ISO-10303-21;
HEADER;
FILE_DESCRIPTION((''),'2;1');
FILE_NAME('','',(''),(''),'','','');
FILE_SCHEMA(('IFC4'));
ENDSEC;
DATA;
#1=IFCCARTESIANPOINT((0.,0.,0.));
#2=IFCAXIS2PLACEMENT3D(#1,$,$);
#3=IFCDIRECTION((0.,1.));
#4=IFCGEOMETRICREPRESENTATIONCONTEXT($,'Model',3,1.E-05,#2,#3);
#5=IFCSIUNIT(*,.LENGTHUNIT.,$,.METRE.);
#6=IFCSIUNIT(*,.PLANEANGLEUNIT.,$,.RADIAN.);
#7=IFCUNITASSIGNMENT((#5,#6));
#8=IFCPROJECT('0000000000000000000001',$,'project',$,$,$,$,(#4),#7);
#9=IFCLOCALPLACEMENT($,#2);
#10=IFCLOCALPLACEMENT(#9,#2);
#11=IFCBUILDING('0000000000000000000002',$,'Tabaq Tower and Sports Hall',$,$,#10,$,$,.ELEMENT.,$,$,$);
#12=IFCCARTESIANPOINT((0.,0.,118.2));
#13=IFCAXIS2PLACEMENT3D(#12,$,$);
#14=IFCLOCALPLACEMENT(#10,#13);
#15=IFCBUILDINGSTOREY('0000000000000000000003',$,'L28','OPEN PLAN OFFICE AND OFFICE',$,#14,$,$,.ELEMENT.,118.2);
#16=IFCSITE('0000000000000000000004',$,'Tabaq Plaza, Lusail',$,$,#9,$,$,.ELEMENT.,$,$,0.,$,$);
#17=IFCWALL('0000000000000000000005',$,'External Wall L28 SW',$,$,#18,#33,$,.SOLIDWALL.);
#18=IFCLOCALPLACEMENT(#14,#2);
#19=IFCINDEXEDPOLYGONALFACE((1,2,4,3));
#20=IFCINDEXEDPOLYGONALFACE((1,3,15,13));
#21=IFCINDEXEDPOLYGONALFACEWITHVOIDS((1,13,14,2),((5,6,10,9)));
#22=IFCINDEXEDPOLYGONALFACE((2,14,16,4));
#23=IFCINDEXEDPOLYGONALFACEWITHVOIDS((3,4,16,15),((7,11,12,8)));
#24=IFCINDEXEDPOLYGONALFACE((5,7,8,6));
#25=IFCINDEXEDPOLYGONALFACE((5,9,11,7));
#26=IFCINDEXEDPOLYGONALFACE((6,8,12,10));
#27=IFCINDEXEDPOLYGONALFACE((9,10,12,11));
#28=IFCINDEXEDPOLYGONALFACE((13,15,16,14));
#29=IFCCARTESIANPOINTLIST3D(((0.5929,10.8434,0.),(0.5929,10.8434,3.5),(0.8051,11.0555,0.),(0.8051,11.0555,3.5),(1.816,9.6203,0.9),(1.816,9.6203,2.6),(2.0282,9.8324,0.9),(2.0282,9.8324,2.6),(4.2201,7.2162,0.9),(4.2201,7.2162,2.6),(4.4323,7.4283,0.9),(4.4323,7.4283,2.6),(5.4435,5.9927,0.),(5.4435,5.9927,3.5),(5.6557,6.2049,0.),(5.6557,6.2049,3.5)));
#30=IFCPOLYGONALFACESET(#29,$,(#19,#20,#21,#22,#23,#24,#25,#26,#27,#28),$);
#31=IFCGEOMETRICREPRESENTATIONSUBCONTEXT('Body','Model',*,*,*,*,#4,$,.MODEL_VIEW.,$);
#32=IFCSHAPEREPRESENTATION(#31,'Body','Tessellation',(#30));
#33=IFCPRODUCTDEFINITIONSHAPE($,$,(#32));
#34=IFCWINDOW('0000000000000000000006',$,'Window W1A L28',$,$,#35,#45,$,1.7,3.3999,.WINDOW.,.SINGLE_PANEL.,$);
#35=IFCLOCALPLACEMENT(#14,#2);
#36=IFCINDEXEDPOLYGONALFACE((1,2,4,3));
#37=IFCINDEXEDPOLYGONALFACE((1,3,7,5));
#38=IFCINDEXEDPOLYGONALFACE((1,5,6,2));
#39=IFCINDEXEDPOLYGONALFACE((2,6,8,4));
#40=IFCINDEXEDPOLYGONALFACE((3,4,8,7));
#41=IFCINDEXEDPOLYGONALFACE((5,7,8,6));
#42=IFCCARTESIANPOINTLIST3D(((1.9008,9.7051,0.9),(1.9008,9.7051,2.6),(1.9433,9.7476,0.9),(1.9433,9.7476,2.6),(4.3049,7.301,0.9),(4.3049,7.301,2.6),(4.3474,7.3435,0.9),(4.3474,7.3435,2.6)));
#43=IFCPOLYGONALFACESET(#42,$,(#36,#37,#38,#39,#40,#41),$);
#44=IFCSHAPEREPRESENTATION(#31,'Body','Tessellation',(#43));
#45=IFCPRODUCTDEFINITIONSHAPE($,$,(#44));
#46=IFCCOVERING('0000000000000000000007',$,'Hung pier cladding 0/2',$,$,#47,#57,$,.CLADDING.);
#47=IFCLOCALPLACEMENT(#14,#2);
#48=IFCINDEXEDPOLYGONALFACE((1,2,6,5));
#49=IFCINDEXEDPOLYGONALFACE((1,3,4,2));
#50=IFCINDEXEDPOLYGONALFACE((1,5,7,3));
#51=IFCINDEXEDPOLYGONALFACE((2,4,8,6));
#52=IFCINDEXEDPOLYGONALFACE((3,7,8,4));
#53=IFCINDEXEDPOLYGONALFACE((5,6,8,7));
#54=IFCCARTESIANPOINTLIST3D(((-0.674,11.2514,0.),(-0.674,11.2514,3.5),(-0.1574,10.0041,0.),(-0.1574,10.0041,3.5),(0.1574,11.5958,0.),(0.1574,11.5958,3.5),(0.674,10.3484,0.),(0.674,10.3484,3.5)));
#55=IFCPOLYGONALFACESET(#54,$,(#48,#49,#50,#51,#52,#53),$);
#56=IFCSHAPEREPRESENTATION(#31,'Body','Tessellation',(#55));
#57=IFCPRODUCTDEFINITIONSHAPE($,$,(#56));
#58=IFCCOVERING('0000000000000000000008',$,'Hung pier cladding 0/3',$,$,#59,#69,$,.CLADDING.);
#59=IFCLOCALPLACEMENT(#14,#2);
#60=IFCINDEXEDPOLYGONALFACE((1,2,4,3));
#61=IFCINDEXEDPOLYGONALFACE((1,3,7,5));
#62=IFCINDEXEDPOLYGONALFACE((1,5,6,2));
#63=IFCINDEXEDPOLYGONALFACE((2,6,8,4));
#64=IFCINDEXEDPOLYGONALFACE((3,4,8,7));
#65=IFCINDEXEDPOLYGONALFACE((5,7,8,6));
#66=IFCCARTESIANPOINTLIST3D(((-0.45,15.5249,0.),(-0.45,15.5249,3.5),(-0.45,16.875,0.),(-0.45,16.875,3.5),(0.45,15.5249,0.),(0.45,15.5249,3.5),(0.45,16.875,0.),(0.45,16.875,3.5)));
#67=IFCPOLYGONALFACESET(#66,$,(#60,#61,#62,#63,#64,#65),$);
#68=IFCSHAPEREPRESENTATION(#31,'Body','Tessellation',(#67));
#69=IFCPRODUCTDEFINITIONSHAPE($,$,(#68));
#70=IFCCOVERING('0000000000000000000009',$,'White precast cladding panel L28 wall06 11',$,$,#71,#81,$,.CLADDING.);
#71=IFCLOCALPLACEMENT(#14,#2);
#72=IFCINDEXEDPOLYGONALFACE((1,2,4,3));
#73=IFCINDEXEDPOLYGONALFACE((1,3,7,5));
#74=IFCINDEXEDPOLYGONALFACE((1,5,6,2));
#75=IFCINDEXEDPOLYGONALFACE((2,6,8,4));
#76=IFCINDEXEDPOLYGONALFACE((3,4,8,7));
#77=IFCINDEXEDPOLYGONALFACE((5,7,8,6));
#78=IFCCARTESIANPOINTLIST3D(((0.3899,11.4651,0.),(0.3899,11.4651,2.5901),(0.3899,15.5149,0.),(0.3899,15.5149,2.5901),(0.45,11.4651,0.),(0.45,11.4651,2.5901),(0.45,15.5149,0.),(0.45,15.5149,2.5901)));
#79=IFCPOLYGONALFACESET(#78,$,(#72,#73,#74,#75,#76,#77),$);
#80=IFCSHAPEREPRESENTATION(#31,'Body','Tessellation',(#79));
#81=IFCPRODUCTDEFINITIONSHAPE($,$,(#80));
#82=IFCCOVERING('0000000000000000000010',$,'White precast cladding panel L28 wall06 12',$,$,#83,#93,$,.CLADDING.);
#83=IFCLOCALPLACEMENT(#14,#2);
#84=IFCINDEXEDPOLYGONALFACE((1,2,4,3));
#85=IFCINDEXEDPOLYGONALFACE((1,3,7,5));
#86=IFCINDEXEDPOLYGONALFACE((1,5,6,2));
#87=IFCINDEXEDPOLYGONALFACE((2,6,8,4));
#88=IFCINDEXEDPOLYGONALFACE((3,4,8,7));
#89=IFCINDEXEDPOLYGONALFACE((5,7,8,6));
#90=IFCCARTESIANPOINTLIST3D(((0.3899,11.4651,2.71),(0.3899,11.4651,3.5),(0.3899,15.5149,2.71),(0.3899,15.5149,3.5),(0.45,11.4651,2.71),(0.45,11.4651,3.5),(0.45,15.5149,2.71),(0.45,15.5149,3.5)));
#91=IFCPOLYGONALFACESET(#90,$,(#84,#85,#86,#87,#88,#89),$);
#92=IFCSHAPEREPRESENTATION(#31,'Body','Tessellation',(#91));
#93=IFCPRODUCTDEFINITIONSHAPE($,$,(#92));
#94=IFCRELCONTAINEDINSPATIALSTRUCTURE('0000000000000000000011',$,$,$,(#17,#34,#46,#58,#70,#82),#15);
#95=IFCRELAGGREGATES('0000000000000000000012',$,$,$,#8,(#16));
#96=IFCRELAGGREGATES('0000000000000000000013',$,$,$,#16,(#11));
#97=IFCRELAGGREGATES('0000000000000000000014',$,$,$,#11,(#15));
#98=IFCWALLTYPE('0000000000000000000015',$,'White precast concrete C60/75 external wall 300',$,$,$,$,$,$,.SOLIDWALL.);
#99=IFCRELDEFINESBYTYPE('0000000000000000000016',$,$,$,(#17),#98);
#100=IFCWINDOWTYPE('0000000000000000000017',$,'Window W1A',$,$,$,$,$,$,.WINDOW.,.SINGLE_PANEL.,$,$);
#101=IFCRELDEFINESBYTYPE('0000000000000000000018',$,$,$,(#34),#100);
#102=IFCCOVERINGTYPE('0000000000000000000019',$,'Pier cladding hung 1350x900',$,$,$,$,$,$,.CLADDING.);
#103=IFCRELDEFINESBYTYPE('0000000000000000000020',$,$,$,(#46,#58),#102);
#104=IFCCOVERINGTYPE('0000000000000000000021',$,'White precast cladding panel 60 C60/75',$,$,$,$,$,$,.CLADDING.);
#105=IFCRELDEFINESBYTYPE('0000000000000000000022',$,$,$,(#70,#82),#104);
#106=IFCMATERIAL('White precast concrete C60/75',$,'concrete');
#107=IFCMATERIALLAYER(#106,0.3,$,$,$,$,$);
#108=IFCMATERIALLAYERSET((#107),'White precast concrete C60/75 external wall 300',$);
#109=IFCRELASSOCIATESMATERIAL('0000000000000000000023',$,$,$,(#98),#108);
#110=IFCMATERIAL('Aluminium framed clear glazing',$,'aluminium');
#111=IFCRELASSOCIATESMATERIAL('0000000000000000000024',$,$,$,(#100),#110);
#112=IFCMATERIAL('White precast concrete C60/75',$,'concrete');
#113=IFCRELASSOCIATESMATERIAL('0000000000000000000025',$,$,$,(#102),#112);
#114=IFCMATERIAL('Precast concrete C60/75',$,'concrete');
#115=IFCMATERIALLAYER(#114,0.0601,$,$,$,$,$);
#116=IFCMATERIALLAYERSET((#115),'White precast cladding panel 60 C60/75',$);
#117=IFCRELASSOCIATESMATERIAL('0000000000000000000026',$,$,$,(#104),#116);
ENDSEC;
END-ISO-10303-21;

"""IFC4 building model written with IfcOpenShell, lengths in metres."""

from ifc_helpers import new_model, si_unit, direction, frame, frame_2d, origin, place, context, subcontext, project, spatial, rectangle, extrude, material, layer, layer_set, type_object, element, fill, save


model = new_model("IFC4")

# Units and contexts
model_context = context("Model", 3, precision=1e-05, world=origin(), true_north=direction((0.0, 1.0)))
body_context = subcontext(model_context, "Body", "Model", "MODEL_VIEW")
ifc_project = project(units=[si_unit("LENGTHUNIT", "METRE"), si_unit("PLANEANGLEUNIT", "RADIAN")], contexts=[model_context])

# Site, building, storey
site_placement = place(None, origin())
site = spatial("IfcSite", under=ifc_project, at=site_placement, Name="Tabaq Plaza, Lusail", CompositionType="ELEMENT", RefElevation=0.0)
building_placement = place(site_placement, origin())
building = spatial("IfcBuilding", under=site, at=building_placement, Name="Tabaq Tower and Sports Hall", CompositionType="ELEMENT")
storey_placement = place(building_placement, frame((0.0, 0.0, 118.2)))
storey = spatial("IfcBuildingStorey", under=building, at=storey_placement, Name="L28", Description="OPEN PLAN OFFICE AND OFFICE", CompositionType="ELEMENT", Elevation=118.2)

# Wall, opening, window
ifc_material_1 = material(Name="White precast concrete C60/75", Category="concrete")
ifc_layer_1 = layer(ifc_material_1, 0.3)
ifc_layer_set_1 = layer_set([ifc_layer_1], Name="White precast concrete C60/75 external wall 300")
wall_type_1 = type_object("IfcWallType", Name="White precast concrete C60/75 external wall 300", PredefinedType="SOLIDWALL", material=ifc_layer_set_1)
wall_1_placement = place(storey_placement, frame((0.699, 10.9495, 0.0), z_axis=(0.0, 0.0, 1.0), x_axis=(0.707107, -0.707107, 0.0)))
wall_1 = element("IfcWall", 1, at=wall_1_placement, inside=storey, type_object=wall_type_1, Name="External Wall L28 SW", PredefinedType="SOLIDWALL", context=body_context, shape_type="SweptSolid", body=[
    extrude(rectangle(XDim=6.8599, YDim=0.3, at=frame_2d((3.4299, 0.0))), origin(), (0.0, 0.0, 1.0), 3.5),
])
opening_1_placement = place(wall_1_placement, frame((1.7297, 0.0, 0.8999)))
opening_1 = element("IfcOpeningElement", 2, at=opening_1_placement, cuts=wall_1, PredefinedType="OPENING", context=body_context, shape_type="SweptSolid", body=[
    extrude(rectangle(XDim=3.3999, YDim=1.7, at=frame_2d((1.7, 0.8501))), frame((0.0, 0.1602, 0.0), z_axis=(0.0, -1.0, 0.0), x_axis=(1.0, 0.0, 0.0)), (0.0, 0.0, 1.0), 0.3201),
])
ifc_material_2 = material(Name="Aluminium framed clear glazing", Category="aluminium")
window_type = type_object("IfcWindowType", Name="Window W1A", PartitioningType="SINGLE_PANEL", PredefinedType="WINDOW", material=ifc_material_2)
window_placement = place(opening_1_placement, origin())
window = element("IfcWindow", 3, at=window_placement, inside=storey, type_object=window_type, Name="Window W1A L28", OverallHeight=1.7, OverallWidth=3.3999, PartitioningType="SINGLE_PANEL", PredefinedType="WINDOW", context=body_context, shape_type="SweptSolid", body=[
    extrude(rectangle(XDim=3.3999, YDim=1.7, at=frame_2d((1.7, 0.8501))), frame((0.0, 0.03, 0.0), z_axis=(0.0, -1.0, 0.0), x_axis=(1.0, 0.0, 0.0)), (0.0, 0.0, 1.0), 0.0601),
])
fill(opening_1, window)

# Coverings
ifc_material_3 = material(Name="White precast concrete C60/75", Category="concrete")
covering_type_1 = type_object("IfcCoveringType", Name="Pier cladding hung 1350x900", PredefinedType="CLADDING", material=ifc_material_3)
for number, where, z_axis, x_axis, name in (
    (4, (-0.2583, 11.4236, 0.0), (0.0, 0.0, 1.0), (0.38265, -0.923893, 0.0), "Hung pier cladding 0/2"),
    (5, (0.0, 16.875, 0.0), (0.0, 0.0, 1.0), (0.0, -1.0, 0.0), "Hung pier cladding 0/3"),
):
    element("IfcCovering", number, at=place(storey_placement, frame(where, z_axis=z_axis, x_axis=x_axis)), inside=storey, type_object=covering_type_1, Name=name, PredefinedType="CLADDING", context=body_context, shape_type="SweptSolid", body=[
        extrude(rectangle(XDim=1.3501, YDim=0.8999, at=frame_2d((0.675, 0.0))), origin(), (0.0, 0.0, 1.0), 3.5),
    ])
ifc_material_4 = material(Name="Precast concrete C60/75", Category="concrete")
ifc_layer_2 = layer(ifc_material_4, 0.0601)
ifc_layer_set_2 = layer_set([ifc_layer_2], Name="White precast cladding panel 60 C60/75")
covering_type_2 = type_object("IfcCoveringType", Name="White precast cladding panel 60 C60/75", PredefinedType="CLADDING", material=ifc_layer_set_2)
covering_1_placement = place(storey_placement, frame((0.4199, 15.5149, 0.0), z_axis=(0.0, 0.0, 1.0), x_axis=(0.0, -1.0, 0.0)))
element("IfcCovering", 6, at=covering_1_placement, inside=storey, type_object=covering_type_2, Name="White precast cladding panel L28 wall06 11", PredefinedType="CLADDING", context=body_context, shape_type="SweptSolid", body=[
    extrude(rectangle(XDim=4.0498, YDim=0.0601, at=frame_2d((2.0249, 0.0))), origin(), (0.0, 0.0, 1.0), 2.5901),
])
covering_2_placement = place(storey_placement, frame((0.4199, 15.5149, 2.71), z_axis=(0.0, 0.0, 1.0), x_axis=(0.0, -1.0, 0.0)))
element("IfcCovering", 7, at=covering_2_placement, inside=storey, type_object=covering_type_2, Name="White precast cladding panel L28 wall06 12", PredefinedType="CLADDING", context=body_context, shape_type="SweptSolid", body=[
    extrude(rectangle(XDim=4.0498, YDim=0.0601, at=frame_2d((2.0249, 0.0))), origin(), (0.0, 0.0, 1.0), 0.79),
])

save(model, "model.ifc")
